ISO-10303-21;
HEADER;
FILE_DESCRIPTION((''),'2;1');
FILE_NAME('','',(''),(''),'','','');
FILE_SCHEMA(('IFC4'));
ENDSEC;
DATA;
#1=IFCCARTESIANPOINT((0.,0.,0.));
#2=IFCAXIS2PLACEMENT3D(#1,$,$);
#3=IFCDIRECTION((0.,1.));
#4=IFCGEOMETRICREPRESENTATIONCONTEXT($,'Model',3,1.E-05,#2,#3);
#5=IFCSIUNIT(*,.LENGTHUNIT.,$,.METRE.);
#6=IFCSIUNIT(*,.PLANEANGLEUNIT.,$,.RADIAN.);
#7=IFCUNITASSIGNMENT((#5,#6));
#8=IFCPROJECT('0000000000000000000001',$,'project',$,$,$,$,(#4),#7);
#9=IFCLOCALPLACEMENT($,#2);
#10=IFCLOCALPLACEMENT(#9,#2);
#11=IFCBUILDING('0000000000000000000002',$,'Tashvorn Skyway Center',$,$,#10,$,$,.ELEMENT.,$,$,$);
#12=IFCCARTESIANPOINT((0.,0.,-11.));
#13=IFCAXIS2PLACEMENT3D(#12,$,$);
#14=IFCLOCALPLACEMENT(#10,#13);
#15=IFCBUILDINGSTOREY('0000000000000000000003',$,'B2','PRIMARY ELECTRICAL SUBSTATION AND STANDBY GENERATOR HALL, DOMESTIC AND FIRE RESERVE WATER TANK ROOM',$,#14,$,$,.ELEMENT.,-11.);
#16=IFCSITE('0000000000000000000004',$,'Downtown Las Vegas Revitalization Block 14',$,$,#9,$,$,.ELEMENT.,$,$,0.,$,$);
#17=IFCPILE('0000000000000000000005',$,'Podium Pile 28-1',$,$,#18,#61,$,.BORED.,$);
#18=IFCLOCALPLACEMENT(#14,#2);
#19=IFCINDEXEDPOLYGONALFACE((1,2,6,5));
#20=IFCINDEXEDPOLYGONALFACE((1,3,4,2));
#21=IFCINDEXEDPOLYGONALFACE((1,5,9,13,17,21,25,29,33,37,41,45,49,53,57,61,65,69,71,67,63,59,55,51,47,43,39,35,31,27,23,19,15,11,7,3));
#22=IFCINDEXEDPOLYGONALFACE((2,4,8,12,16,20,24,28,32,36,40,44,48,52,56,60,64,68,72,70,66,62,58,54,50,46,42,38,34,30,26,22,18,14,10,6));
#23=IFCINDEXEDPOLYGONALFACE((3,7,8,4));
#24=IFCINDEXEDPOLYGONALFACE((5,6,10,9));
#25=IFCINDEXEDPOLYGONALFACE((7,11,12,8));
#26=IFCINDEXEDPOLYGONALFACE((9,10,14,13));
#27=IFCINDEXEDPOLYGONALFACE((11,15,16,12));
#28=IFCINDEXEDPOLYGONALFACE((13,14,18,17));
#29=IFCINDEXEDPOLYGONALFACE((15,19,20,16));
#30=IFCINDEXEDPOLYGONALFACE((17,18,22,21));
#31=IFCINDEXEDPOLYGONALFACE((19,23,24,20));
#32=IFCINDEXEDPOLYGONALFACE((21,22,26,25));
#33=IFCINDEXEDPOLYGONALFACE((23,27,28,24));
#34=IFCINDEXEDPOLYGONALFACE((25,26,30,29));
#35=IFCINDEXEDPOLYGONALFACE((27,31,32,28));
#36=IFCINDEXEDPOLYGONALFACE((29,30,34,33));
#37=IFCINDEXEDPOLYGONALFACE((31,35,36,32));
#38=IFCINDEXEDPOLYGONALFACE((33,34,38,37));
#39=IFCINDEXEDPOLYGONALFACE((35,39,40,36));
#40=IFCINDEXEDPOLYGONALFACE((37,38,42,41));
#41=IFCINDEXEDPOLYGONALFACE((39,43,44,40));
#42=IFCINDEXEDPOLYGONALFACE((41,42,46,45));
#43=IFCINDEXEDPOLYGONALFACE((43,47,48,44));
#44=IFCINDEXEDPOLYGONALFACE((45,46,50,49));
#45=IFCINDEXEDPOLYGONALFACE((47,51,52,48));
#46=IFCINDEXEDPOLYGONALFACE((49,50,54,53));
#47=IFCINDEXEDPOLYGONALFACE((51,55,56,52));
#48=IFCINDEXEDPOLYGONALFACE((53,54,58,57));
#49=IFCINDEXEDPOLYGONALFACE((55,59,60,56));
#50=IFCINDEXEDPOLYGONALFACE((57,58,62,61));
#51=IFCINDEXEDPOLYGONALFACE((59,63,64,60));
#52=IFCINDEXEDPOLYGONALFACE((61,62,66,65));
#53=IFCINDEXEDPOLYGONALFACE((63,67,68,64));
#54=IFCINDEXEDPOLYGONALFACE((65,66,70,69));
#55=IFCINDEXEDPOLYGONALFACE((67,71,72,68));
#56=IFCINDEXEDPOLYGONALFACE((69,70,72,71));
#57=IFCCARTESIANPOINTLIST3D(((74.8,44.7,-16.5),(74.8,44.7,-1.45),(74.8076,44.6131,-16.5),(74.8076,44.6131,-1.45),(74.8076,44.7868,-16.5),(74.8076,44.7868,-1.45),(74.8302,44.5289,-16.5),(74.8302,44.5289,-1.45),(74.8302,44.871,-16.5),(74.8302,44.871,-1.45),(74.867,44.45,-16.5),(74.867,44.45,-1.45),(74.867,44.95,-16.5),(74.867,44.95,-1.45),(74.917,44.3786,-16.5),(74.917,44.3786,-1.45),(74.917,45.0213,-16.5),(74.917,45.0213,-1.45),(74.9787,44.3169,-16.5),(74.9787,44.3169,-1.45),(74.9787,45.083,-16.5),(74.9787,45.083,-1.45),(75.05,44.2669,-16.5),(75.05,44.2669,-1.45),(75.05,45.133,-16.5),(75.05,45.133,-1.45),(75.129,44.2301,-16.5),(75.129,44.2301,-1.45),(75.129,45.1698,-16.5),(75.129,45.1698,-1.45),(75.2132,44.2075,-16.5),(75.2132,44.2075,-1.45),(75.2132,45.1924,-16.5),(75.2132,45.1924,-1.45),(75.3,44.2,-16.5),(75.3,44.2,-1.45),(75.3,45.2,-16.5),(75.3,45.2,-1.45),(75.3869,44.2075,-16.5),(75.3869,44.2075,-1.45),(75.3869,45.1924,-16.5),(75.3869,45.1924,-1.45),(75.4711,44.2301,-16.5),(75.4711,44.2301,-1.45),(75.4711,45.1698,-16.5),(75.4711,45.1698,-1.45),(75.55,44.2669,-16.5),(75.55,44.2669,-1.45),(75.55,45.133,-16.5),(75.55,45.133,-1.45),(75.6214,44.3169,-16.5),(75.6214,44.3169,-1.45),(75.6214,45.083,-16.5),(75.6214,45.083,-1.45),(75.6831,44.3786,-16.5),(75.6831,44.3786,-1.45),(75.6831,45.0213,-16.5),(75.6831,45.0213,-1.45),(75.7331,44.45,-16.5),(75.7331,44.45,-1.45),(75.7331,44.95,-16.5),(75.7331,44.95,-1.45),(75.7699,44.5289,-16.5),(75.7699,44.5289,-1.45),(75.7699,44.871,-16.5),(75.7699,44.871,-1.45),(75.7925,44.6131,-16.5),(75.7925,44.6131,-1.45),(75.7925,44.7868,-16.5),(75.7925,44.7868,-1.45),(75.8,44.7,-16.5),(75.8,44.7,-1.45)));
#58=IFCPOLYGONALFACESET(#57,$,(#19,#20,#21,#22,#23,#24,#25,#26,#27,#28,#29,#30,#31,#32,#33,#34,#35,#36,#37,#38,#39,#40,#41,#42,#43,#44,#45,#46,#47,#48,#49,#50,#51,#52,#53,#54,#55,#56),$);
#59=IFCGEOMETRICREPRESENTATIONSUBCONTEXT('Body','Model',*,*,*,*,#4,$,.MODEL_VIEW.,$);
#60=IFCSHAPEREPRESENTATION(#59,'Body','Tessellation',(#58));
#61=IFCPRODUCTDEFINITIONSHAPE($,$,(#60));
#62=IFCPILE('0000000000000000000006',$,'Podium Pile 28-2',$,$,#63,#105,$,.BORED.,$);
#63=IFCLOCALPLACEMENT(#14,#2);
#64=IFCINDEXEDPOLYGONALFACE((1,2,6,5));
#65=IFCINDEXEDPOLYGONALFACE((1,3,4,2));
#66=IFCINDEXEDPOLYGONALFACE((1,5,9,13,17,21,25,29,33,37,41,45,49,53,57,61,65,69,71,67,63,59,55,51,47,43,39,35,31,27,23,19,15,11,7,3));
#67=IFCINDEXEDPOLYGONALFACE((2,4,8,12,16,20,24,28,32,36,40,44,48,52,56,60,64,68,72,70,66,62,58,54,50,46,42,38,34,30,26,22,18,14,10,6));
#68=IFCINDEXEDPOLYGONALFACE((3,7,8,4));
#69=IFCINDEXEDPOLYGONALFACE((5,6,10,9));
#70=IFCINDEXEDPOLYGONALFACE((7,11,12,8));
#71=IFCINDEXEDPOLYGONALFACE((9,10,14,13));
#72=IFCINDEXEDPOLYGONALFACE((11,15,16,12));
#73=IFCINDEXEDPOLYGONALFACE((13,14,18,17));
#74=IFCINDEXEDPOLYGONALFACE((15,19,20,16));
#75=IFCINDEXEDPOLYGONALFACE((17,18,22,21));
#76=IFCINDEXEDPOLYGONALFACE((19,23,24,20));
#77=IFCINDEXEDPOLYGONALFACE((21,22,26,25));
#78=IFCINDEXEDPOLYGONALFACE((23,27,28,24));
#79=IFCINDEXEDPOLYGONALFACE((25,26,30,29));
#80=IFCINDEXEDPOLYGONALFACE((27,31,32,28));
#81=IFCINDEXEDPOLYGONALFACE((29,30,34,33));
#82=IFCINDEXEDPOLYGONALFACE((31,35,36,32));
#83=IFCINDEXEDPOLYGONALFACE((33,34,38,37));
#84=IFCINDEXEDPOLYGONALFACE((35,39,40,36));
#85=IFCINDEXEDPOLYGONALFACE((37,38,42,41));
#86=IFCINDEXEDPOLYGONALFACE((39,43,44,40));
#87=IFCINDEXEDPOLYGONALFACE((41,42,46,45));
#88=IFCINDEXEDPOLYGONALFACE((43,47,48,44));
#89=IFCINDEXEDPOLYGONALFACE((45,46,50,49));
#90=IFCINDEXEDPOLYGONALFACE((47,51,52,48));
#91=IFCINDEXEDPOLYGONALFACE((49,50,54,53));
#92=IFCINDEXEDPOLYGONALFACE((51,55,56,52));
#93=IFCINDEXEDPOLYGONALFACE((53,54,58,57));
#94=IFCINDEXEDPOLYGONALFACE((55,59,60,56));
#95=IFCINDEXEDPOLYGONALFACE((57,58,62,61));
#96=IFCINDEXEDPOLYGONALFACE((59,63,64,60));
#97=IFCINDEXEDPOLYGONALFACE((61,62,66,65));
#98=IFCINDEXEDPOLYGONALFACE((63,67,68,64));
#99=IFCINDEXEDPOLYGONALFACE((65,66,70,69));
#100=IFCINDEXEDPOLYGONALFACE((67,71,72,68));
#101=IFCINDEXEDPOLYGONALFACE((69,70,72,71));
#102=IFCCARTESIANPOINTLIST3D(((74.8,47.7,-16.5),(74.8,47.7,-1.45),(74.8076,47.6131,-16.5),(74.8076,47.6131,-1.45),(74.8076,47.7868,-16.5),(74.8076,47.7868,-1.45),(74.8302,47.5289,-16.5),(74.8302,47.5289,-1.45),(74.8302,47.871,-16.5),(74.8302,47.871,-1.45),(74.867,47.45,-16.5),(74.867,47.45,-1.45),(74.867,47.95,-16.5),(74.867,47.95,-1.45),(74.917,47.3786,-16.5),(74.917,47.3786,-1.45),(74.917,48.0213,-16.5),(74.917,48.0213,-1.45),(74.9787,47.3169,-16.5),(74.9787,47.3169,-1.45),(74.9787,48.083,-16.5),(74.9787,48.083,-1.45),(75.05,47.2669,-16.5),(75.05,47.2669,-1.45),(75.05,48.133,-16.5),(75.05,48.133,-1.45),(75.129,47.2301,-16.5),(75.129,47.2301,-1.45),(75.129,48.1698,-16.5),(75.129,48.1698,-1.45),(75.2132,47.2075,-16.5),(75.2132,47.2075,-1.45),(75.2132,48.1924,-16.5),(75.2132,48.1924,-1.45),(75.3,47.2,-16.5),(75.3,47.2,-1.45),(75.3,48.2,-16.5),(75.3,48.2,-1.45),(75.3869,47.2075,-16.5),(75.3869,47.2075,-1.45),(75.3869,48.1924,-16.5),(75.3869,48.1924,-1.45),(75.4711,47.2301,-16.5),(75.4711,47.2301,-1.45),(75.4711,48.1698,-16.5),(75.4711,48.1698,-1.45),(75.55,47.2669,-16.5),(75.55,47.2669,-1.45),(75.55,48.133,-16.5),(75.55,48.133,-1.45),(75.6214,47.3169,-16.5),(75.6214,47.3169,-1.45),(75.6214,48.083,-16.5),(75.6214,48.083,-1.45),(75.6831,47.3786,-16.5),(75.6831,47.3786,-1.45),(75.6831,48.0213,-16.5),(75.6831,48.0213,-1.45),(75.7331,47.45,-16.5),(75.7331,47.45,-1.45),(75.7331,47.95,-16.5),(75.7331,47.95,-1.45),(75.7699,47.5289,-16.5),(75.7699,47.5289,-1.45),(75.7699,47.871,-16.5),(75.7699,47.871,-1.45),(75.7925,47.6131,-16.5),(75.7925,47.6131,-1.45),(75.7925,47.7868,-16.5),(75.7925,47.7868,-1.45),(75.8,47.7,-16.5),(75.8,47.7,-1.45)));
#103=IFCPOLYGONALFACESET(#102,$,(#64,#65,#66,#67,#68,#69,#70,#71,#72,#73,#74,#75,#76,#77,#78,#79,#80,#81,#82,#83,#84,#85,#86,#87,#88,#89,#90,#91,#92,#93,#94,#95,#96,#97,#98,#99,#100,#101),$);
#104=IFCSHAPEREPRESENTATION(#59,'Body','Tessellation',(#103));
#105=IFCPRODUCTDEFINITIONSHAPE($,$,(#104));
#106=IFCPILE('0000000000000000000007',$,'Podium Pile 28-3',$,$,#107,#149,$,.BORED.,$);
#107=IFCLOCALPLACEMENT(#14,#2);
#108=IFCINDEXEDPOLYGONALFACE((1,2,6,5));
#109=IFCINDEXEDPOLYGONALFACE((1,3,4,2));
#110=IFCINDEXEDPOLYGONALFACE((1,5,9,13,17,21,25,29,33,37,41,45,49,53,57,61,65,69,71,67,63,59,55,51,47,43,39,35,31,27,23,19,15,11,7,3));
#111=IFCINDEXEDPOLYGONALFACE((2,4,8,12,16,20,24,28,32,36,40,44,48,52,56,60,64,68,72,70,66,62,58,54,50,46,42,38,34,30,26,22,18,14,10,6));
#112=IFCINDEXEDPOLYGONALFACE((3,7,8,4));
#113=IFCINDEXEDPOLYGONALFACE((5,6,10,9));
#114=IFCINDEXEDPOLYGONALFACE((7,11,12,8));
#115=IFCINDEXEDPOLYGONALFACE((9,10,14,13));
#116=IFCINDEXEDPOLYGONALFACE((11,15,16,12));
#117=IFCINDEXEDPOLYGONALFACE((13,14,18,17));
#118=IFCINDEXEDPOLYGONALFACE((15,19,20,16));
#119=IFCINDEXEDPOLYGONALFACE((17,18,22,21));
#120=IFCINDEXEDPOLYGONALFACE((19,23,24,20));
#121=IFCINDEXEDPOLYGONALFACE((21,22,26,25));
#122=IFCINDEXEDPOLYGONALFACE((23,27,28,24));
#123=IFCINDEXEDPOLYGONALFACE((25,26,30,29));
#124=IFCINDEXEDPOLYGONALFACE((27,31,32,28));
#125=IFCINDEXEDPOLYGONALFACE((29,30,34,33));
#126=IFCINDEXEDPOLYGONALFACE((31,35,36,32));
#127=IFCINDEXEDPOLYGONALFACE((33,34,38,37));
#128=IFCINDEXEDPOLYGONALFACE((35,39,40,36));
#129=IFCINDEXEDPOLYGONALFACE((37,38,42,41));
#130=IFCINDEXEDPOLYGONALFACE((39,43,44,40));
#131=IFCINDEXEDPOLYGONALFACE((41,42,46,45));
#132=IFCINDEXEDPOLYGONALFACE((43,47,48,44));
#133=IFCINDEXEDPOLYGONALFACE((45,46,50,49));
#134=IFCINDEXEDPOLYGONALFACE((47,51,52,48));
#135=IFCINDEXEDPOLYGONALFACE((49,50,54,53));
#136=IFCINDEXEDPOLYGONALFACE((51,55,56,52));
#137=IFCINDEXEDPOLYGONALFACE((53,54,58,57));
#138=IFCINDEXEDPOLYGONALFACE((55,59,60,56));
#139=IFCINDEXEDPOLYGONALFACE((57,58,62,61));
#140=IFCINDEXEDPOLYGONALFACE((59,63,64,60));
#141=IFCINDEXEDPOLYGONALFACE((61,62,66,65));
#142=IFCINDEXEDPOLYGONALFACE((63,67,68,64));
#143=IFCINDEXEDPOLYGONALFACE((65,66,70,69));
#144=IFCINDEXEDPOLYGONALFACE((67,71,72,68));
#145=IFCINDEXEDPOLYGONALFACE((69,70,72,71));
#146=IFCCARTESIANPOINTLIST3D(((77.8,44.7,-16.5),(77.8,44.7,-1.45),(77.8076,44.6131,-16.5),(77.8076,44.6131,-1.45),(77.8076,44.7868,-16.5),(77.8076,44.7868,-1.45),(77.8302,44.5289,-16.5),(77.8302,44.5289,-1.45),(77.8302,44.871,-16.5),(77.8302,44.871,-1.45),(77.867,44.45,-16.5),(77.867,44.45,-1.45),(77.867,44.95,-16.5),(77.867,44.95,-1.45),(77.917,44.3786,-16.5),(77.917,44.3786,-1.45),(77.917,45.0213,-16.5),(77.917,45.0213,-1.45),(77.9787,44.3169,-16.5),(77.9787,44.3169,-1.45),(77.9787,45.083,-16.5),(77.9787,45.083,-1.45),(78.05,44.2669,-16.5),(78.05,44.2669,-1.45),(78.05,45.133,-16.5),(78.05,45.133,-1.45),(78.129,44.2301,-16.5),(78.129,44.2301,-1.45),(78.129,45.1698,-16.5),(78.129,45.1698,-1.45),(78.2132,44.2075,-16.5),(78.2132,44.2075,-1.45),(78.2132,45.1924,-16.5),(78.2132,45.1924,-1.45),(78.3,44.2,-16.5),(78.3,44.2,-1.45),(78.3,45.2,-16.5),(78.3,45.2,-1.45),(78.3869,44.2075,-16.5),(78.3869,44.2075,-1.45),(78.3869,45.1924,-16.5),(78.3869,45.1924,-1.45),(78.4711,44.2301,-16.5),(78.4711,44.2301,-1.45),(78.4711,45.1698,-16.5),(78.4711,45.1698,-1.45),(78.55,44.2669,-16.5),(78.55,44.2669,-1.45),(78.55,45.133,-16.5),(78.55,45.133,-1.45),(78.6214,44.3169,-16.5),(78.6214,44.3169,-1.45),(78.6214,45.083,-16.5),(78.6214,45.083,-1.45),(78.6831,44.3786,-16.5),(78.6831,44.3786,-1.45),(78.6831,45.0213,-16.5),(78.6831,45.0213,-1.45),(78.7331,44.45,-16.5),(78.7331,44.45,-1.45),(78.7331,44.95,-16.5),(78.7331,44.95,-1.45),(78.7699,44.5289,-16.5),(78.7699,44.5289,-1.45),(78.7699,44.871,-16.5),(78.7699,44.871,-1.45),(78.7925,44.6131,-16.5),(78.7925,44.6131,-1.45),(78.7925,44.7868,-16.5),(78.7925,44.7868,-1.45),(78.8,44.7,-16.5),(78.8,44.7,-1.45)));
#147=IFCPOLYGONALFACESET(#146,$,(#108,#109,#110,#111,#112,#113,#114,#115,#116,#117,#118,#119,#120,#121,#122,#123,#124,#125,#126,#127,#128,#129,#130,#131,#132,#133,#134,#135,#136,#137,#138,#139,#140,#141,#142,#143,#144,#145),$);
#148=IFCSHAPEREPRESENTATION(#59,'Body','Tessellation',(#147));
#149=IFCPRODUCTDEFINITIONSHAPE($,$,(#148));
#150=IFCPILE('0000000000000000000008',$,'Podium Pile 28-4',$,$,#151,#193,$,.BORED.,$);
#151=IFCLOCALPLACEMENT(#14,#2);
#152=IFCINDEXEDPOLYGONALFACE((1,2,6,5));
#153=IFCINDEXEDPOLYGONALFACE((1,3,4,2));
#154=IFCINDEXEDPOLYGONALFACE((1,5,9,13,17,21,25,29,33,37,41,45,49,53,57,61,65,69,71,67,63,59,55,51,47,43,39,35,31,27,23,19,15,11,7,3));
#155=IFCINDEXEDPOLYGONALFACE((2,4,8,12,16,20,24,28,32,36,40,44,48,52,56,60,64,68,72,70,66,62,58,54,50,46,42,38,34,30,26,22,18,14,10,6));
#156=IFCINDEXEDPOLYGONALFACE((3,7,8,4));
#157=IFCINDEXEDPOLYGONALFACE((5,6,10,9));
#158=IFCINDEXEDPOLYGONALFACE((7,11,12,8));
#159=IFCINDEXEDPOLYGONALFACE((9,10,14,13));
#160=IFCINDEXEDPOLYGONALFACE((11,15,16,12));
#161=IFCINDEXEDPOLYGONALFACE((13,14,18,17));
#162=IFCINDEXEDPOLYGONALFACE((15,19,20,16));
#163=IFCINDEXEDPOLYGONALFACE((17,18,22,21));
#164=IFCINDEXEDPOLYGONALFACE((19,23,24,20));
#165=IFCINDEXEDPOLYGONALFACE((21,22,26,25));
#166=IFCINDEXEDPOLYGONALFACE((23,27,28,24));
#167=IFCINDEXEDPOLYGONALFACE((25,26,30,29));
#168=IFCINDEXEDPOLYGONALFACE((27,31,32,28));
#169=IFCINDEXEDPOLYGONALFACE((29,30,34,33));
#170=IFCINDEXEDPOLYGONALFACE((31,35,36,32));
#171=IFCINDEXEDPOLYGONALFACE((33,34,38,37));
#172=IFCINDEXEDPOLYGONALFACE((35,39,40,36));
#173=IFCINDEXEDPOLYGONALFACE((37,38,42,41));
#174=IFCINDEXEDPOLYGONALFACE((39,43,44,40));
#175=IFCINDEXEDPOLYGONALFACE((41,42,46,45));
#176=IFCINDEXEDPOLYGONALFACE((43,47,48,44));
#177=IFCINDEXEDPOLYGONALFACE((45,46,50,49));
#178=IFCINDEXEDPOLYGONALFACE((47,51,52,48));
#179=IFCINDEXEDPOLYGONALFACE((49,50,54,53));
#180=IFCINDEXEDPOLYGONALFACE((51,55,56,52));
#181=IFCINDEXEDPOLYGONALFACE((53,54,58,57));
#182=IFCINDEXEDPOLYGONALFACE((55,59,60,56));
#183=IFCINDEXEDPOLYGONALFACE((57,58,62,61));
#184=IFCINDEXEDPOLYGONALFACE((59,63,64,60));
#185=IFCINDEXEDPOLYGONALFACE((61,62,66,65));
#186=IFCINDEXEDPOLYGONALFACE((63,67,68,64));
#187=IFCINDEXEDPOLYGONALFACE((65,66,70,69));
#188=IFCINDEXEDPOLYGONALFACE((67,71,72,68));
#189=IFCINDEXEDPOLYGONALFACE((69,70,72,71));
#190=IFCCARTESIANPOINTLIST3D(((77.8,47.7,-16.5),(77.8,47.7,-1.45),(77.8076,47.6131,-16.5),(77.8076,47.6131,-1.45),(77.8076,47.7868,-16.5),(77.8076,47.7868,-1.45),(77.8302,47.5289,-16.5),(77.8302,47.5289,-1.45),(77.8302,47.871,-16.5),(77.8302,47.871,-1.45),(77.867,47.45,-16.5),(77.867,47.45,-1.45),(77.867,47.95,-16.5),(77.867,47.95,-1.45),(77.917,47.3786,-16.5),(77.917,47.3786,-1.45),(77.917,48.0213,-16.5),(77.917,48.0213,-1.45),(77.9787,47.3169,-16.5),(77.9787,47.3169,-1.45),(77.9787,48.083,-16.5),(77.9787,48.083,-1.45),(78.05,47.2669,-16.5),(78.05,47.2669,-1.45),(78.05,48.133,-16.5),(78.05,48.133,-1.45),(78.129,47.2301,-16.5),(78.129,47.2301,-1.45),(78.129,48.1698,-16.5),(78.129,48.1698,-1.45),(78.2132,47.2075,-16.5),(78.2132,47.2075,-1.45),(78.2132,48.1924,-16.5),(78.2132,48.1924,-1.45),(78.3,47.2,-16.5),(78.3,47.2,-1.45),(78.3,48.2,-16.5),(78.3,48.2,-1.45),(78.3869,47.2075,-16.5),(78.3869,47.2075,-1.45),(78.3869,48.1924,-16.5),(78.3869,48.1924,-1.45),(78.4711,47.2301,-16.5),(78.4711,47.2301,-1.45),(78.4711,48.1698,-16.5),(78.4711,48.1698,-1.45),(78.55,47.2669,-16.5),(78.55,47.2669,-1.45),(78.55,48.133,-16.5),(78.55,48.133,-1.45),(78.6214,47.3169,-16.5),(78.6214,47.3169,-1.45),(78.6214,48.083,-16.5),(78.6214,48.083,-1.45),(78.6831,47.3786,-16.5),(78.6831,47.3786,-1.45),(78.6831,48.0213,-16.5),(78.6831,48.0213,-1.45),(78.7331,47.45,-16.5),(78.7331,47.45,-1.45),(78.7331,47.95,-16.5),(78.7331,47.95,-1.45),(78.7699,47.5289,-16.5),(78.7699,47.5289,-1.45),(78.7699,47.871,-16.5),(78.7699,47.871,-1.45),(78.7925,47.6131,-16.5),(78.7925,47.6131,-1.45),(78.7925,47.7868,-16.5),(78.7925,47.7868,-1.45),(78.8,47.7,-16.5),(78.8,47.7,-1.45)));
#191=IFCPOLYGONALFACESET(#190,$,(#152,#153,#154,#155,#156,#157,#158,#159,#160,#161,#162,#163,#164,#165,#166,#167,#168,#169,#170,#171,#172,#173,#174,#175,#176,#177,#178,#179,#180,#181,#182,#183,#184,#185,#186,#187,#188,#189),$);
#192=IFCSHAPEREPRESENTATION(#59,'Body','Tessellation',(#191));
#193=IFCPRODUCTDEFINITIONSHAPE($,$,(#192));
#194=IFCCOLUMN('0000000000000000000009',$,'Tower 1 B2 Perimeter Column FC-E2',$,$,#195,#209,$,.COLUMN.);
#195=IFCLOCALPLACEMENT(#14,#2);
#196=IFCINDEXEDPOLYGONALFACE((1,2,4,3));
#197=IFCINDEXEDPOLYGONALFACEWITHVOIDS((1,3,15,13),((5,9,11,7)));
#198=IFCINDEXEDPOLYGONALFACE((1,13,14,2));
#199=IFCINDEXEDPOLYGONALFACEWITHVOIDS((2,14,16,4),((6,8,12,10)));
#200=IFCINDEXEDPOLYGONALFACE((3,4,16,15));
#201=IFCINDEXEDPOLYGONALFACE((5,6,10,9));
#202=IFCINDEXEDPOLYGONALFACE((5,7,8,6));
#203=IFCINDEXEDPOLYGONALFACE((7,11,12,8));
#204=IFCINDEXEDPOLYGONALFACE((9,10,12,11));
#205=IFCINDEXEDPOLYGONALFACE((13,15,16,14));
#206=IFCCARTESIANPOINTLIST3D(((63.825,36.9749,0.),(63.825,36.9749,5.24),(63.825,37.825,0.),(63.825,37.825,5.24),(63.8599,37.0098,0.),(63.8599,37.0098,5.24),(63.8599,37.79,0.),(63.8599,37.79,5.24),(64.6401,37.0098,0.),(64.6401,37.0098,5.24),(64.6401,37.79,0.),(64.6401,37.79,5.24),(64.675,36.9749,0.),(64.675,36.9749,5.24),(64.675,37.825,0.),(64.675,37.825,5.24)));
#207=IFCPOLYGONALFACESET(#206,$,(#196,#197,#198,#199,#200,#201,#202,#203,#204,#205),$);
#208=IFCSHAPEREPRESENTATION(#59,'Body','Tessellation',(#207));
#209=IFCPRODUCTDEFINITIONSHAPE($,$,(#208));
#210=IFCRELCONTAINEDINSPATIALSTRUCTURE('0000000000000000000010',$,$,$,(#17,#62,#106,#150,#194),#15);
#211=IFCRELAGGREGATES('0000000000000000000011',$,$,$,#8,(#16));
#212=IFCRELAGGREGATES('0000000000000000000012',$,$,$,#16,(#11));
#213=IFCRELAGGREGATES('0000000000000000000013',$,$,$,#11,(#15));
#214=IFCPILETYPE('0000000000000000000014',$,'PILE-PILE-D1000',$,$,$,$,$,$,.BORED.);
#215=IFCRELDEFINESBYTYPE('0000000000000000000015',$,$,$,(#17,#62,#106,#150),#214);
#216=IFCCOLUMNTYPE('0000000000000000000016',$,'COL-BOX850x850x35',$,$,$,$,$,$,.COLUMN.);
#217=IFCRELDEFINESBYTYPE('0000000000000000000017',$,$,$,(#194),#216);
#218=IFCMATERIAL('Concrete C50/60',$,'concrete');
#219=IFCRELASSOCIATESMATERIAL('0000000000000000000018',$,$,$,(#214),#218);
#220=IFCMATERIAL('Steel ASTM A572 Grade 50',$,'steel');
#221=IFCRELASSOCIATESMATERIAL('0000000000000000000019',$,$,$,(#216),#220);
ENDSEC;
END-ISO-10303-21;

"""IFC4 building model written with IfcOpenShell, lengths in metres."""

from ifc_helpers import new_model, si_unit, direction, frame, origin, origin_2d, place, context, subcontext, project, spatial, hollow_rectangle, circle, extrude, material, material_profile, profile_set, type_object, element, save


model = new_model("IFC4")

# Units and contexts
model_context = context("Model", 3, precision=1e-05, world=origin(), true_north=direction((0.0, 1.0)))
body_context = subcontext(model_context, "Body", "Model", "MODEL_VIEW")
ifc_project = project(units=[si_unit("LENGTHUNIT", "METRE"), si_unit("PLANEANGLEUNIT", "RADIAN")], contexts=[model_context])

# Site, building, storey
site_placement = place(None, origin())
site = spatial("IfcSite", under=ifc_project, at=site_placement, Name="Downtown Las Vegas Revitalization Block 14", CompositionType="ELEMENT", RefElevation=0.0)
building_placement = place(site_placement, origin())
building = spatial("IfcBuilding", under=site, at=building_placement, Name="Tashvorn Skyway Center", CompositionType="ELEMENT")
storey_placement = place(building_placement, frame((0.0, 0.0, -11.0)))
storey = spatial("IfcBuildingStorey", under=building, at=storey_placement, Name="B2", Description="PRIMARY ELECTRICAL SUBSTATION AND STANDBY GENERATOR HALL, DOMESTIC AND FIRE RESERVE WATER TANK ROOM", CompositionType="ELEMENT", Elevation=-11.0)

# Piles
ifc_material_1 = material(Name="Concrete C50/60", Category="concrete")
ifc_material_profile_1 = material_profile(ifc_material_1, circle(Radius=0.5, at=origin_2d()), Name="PILE-D1000")
ifc_profile_set_1 = profile_set([ifc_material_profile_1], Name="Concrete C50/60")
pile_type = type_object("IfcPileType", Name="PILE-PILE-D1000", PredefinedType="BORED", material=ifc_profile_set_1)
for number, where, z_axis, x_axis, name in (
    (1, (75.3, 44.7, -1.45), (0.0, 0.0, -1.0), (1.0, 0.0, 0.0), "Podium Pile 28-1"),
    (2, (75.3, 47.7, -1.45), (0.0, 0.0, -1.0), (1.0, 0.0, 0.0), "Podium Pile 28-2"),
    (3, (78.3, 44.7, -1.45), (0.0, 0.0, -1.0), (1.0, 0.0, 0.0), "Podium Pile 28-3"),
    (4, (78.3, 47.7, -1.45), (0.0, 0.0, -1.0), (1.0, 0.0, 0.0), "Podium Pile 28-4"),
):
    element("IfcPile", number, at=place(storey_placement, frame(where, z_axis=z_axis, x_axis=x_axis)), inside=storey, type_object=pile_type, Name=name, PredefinedType="BORED", context=body_context, shape_type="SweptSolid", body=[
        extrude(circle(Radius=0.5, at=origin_2d()), origin(), (0.0, 0.0, 1.0), 15.05),
    ])

# Column
ifc_material_2 = material(Name="Steel ASTM A572 Grade 50", Category="steel")
ifc_material_profile_2 = material_profile(ifc_material_2, hollow_rectangle(XDim=0.8501, YDim=0.8501, WallThickness=0.0349, at=origin_2d()), Name="BOX850x850x35")
ifc_profile_set_2 = profile_set([ifc_material_profile_2], Name="Steel ASTM A572 Grade 50")
column_type_1 = type_object("IfcColumnType", Name="COL-BOX850x850x35", PredefinedType="COLUMN", material=ifc_profile_set_2)
column_placement = place(storey_placement, frame((64.25, 37.3999, 0.0), z_axis=(0.0, 0.0, 1.0), x_axis=(1.0, 0.0, 0.0)))
element("IfcColumn", 5, at=column_placement, inside=storey, type_object=column_type_1, Name="Tower 1 B2 Perimeter Column FC-E2", PredefinedType="COLUMN", context=body_context, shape_type="SweptSolid", body=[
    extrude(hollow_rectangle(XDim=0.8501, YDim=0.8501, WallThickness=0.0349, at=origin_2d()), origin(), (0.0, 0.0, 1.0), 5.24),
])

save(model, "model.ifc")
